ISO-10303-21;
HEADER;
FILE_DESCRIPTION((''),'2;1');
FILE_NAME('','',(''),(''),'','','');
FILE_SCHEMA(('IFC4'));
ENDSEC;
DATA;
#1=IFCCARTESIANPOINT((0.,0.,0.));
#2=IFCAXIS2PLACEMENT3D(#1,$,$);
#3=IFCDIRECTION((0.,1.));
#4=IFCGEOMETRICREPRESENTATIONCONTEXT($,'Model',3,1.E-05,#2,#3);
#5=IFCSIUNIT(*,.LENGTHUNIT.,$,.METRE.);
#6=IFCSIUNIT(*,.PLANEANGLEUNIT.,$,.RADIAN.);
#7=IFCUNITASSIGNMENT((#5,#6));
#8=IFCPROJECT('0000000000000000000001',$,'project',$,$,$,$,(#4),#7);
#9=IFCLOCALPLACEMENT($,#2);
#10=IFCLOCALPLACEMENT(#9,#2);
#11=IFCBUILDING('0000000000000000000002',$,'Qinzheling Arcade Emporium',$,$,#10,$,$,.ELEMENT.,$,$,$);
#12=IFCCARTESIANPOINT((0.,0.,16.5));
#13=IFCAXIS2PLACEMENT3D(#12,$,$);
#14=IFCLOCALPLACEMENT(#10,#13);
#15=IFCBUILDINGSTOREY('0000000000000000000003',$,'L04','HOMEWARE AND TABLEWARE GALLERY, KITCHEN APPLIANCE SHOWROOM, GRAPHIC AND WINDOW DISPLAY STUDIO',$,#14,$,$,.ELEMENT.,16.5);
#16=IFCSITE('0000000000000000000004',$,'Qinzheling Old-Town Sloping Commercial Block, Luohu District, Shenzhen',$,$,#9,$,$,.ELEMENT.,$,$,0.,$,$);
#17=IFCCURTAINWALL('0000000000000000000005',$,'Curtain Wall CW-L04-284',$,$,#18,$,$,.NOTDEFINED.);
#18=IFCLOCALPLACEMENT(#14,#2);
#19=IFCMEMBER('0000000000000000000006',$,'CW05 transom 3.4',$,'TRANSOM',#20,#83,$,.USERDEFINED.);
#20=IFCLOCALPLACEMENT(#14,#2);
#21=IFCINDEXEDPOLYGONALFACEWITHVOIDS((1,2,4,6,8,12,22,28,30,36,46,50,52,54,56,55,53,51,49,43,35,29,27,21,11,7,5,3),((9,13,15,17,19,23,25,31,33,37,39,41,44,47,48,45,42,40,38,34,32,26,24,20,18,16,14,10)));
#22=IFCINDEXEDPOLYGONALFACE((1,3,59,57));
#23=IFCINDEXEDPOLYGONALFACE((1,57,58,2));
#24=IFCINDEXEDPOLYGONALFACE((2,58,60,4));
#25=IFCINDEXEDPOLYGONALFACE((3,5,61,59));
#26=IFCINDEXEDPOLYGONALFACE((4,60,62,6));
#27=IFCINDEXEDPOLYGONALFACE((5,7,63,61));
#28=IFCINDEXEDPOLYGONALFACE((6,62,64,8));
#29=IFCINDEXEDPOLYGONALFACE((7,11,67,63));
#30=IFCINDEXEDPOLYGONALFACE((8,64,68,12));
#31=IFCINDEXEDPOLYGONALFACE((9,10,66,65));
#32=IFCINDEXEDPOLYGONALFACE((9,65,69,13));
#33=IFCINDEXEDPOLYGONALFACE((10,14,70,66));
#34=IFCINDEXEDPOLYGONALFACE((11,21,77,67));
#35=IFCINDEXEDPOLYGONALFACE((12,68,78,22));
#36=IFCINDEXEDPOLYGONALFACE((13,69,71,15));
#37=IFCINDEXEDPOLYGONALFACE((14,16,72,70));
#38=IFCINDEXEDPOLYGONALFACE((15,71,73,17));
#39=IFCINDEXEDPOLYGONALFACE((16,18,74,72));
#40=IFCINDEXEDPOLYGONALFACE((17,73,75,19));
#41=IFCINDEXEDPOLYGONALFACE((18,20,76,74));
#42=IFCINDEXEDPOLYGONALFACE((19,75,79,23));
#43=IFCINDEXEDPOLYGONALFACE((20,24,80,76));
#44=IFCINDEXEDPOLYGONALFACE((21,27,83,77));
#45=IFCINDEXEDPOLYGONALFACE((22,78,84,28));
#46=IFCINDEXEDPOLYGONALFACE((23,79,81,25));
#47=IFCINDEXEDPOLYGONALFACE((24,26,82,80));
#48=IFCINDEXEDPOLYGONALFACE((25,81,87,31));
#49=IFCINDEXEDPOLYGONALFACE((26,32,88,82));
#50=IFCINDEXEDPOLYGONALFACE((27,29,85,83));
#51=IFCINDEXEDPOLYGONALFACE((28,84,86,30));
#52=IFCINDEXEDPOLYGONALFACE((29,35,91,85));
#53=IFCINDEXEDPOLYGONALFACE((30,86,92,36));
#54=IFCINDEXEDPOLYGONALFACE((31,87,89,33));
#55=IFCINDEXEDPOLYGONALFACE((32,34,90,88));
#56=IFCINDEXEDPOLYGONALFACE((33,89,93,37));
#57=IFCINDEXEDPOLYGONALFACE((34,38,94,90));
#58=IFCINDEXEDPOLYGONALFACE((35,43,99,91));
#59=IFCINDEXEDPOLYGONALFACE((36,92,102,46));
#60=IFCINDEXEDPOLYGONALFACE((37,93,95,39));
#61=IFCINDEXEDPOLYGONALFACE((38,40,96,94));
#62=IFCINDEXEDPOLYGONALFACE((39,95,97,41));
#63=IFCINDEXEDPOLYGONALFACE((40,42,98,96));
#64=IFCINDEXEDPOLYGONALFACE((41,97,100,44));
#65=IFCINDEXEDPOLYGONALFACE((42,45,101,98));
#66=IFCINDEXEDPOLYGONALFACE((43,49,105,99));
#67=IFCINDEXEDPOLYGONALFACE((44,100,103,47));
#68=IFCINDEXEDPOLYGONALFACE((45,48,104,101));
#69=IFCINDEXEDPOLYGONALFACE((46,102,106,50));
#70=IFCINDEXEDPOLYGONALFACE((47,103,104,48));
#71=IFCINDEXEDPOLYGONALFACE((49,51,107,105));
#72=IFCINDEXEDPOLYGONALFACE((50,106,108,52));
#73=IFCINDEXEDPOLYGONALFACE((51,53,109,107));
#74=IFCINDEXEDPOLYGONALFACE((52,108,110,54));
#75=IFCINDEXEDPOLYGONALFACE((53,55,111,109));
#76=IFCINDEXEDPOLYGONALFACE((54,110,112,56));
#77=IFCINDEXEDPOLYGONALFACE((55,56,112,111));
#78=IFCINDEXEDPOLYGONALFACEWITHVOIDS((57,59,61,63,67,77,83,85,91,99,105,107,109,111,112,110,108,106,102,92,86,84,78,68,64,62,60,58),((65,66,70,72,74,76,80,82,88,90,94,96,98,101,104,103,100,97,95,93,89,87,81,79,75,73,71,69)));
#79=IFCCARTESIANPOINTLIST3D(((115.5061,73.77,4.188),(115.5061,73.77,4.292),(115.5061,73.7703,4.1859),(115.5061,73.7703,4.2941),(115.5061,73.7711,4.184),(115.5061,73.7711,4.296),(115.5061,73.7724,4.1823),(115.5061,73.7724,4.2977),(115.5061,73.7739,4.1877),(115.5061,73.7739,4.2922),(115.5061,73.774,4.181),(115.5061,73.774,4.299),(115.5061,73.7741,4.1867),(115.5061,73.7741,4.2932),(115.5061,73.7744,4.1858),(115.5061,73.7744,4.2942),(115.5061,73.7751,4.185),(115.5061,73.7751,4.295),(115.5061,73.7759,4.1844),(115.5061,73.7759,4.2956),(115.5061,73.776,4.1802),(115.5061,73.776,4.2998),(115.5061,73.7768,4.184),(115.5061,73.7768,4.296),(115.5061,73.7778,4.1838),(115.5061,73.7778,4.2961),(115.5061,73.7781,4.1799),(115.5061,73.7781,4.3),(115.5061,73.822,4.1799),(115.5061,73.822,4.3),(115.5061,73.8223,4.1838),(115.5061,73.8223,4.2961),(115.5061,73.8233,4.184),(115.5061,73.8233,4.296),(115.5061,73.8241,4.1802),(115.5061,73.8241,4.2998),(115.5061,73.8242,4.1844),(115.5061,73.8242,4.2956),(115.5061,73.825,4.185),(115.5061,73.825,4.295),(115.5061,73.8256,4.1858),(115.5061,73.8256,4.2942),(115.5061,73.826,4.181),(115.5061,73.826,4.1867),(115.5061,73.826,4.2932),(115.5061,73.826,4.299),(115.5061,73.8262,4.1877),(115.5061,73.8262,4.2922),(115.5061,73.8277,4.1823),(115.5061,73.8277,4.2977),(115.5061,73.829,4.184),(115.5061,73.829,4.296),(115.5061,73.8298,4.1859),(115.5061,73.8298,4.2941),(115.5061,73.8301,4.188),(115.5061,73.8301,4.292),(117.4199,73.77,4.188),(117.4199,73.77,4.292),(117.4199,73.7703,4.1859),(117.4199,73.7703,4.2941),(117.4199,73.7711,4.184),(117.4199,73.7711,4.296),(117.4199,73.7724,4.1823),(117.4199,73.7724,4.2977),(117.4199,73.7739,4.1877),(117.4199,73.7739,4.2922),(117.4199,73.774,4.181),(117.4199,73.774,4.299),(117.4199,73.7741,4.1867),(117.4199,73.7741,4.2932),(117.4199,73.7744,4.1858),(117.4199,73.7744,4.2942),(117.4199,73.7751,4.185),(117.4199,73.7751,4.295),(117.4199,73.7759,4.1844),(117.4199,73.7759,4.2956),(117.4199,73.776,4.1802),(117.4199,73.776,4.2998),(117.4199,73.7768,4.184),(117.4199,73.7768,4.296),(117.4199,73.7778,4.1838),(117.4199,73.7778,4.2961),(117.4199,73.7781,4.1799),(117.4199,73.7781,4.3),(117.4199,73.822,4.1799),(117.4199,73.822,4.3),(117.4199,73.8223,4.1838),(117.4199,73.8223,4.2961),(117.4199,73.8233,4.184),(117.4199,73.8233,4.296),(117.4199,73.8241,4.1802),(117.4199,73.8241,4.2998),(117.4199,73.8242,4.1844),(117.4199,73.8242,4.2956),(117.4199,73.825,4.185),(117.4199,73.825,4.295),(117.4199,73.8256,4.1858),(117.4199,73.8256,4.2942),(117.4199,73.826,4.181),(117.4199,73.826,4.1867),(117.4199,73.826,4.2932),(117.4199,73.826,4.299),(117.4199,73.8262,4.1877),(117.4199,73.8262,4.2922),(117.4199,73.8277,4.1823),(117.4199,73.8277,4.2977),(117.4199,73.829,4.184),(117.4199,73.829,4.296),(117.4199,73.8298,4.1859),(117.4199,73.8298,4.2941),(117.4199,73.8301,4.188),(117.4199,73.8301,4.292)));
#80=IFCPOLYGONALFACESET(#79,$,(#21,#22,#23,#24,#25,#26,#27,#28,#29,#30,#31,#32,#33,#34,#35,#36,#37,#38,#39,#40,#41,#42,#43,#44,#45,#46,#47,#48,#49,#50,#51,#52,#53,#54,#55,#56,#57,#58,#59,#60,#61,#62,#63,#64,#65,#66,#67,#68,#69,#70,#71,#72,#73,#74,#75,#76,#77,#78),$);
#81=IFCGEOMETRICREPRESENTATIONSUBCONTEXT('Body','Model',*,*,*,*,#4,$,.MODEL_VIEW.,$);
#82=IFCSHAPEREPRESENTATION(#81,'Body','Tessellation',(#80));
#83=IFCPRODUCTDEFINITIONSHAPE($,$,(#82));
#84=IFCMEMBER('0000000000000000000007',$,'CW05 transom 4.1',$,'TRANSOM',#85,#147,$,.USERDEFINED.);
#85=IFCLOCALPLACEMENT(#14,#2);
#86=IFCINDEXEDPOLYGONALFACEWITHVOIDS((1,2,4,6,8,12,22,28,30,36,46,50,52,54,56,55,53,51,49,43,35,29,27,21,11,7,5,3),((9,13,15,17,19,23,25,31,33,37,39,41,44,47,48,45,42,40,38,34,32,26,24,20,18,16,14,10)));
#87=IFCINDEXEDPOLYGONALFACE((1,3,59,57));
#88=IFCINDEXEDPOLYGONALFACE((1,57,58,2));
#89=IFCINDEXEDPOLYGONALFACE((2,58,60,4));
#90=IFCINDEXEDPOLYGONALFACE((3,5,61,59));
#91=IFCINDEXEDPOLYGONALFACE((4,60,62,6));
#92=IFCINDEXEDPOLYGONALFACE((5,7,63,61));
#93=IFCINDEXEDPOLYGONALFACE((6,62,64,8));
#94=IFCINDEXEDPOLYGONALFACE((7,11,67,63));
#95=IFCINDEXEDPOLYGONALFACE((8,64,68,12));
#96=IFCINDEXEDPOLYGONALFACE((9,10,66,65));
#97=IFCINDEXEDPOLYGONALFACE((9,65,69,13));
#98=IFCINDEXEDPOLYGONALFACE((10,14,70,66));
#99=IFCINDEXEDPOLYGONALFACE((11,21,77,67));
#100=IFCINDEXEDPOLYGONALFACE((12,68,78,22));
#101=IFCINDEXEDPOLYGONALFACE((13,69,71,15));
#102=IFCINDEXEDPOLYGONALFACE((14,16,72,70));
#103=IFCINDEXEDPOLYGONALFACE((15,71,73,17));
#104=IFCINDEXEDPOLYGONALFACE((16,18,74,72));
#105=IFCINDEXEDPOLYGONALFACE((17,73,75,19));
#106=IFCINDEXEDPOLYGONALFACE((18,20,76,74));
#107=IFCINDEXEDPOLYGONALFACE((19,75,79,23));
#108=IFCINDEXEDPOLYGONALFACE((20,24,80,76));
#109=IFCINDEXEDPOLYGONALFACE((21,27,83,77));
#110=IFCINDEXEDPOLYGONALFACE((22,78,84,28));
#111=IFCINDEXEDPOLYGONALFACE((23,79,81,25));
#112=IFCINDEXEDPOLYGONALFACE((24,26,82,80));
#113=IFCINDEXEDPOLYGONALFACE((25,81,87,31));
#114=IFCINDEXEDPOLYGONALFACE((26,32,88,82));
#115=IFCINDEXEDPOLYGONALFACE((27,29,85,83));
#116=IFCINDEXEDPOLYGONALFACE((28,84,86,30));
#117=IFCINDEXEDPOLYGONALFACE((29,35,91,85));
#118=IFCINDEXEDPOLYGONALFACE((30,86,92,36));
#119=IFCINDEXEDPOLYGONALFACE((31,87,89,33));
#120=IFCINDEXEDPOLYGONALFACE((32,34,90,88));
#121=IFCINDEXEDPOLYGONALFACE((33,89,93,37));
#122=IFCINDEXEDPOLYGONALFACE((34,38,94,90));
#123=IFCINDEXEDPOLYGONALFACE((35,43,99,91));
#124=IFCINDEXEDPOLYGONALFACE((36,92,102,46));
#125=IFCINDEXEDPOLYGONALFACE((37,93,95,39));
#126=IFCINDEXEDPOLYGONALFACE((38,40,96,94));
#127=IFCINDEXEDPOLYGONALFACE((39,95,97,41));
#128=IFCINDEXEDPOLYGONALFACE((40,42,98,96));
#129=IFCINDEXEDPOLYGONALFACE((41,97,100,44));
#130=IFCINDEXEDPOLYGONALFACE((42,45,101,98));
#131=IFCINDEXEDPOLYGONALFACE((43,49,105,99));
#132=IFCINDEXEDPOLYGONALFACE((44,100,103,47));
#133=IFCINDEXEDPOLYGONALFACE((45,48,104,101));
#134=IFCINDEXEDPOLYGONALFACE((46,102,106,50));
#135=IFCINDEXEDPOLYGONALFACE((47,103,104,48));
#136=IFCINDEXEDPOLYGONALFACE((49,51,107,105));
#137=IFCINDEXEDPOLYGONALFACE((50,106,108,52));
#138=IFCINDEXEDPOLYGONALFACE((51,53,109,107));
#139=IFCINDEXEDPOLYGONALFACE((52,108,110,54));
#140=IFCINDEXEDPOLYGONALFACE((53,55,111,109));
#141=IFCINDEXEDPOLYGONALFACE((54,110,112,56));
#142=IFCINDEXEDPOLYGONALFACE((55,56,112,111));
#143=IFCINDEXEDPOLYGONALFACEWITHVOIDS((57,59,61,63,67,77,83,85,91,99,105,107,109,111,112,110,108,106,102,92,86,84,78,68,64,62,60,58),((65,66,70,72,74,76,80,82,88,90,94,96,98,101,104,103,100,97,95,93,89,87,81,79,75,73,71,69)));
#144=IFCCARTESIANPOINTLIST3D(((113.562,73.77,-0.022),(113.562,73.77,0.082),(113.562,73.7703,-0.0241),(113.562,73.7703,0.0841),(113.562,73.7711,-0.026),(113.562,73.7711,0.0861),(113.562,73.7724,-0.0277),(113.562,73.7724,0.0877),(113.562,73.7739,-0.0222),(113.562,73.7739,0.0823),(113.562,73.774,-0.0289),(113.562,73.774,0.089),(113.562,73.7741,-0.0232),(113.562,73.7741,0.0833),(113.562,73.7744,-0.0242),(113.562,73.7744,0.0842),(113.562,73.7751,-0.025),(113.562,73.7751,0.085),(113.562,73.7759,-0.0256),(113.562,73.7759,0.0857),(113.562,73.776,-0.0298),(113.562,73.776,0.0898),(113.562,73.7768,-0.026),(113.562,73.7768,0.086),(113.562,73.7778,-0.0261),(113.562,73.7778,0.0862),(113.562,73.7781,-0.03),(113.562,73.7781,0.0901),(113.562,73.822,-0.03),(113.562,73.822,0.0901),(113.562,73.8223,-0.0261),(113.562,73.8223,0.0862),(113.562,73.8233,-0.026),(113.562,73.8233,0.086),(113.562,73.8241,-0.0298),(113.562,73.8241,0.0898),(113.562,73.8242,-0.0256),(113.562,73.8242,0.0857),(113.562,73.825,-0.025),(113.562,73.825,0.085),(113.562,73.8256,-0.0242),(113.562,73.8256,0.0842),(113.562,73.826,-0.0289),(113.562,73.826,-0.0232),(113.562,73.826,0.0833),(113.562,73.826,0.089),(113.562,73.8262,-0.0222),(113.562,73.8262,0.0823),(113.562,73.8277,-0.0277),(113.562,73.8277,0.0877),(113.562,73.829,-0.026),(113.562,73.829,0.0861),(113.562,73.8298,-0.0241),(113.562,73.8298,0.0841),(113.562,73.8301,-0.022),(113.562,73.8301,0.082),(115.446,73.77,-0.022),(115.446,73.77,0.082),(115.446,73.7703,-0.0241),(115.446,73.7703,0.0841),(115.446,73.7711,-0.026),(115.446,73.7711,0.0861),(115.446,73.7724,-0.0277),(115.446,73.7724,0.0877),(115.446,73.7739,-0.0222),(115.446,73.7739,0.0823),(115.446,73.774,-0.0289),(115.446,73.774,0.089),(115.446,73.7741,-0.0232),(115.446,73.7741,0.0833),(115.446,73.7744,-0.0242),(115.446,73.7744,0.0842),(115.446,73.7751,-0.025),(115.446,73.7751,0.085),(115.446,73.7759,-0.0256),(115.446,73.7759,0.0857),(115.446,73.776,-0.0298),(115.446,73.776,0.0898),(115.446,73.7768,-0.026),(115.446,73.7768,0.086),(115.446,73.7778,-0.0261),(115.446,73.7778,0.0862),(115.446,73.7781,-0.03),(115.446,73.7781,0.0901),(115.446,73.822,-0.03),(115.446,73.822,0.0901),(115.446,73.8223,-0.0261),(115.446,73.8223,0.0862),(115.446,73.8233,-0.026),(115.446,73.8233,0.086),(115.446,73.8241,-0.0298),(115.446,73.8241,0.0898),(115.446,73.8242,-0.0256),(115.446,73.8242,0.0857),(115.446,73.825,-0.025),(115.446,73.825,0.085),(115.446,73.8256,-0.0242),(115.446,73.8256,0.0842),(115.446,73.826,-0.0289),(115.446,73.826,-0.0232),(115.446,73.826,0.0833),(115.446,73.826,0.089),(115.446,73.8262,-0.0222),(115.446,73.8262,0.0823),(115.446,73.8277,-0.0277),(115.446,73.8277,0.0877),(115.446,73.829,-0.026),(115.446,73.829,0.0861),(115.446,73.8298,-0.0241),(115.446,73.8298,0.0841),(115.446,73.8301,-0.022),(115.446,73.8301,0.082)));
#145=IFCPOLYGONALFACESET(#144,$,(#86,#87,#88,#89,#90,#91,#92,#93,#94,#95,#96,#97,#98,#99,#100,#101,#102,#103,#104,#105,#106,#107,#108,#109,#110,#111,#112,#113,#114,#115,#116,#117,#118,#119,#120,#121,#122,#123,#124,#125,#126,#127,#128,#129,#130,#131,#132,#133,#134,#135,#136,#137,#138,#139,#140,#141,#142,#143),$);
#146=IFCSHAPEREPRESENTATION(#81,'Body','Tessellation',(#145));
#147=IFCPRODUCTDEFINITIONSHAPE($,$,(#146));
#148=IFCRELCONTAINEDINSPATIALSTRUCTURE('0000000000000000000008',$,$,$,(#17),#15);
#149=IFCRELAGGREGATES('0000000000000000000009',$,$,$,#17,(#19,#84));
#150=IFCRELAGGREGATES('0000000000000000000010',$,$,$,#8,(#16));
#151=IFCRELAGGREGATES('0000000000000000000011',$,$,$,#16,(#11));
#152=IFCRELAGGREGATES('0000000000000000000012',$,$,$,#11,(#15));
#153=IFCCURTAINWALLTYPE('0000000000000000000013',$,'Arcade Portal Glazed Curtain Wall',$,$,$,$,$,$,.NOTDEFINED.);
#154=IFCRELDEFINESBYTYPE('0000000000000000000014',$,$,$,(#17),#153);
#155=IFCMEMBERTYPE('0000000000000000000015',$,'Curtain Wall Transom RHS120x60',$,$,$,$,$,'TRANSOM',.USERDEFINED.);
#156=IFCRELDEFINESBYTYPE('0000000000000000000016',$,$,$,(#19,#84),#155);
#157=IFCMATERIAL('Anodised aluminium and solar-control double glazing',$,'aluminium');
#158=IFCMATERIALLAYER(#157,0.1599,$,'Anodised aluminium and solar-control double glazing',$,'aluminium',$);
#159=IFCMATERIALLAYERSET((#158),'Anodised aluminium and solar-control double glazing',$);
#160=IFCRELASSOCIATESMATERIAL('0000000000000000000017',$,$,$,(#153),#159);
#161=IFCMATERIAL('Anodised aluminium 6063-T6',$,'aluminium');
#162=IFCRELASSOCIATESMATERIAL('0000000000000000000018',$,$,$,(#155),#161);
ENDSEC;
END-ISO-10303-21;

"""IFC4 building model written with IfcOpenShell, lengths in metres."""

from ifc_helpers import new_model, si_unit, direction, frame, origin, origin_2d, place, context, subcontext, project, spatial, hollow_rectangle, extrude, material, layer, layer_set, material_profile, profile_set, type_object, element, aggregate, save


model = new_model("IFC4")

# Units and contexts
model_context = context("Model", 3, precision=1e-05, world=origin(), true_north=direction((0.0, 1.0)))
body_context = subcontext(model_context, "Body", "Model", "MODEL_VIEW")
ifc_project = project(units=[si_unit("LENGTHUNIT", "METRE"), si_unit("PLANEANGLEUNIT", "RADIAN")], contexts=[model_context])

# Site, building, storey
site_placement = place(None, origin())
site = spatial("IfcSite", under=ifc_project, at=site_placement, Name="Qinzheling Old-Town Sloping Commercial Block, Luohu District, Shenzhen", CompositionType="ELEMENT", RefElevation=0.0)
building_placement = place(site_placement, origin())
building = spatial("IfcBuilding", under=site, at=building_placement, Name="Qinzheling Arcade Emporium", CompositionType="ELEMENT")
storey_placement = place(building_placement, frame((0.0, 0.0, 16.5)))
storey = spatial("IfcBuildingStorey", under=building, at=storey_placement, Name="L04", Description="HOMEWARE AND TABLEWARE GALLERY, KITCHEN APPLIANCE SHOWROOM, GRAPHIC AND WINDOW DISPLAY STUDIO", CompositionType="ELEMENT", Elevation=16.5)

# Curtain wall, members
ifc_material_1 = material(Name="Anodised aluminium and solar-control double glazing", Category="aluminium")
ifc_layer_1 = layer(ifc_material_1, 0.1599, Name="Anodised aluminium and solar-control double glazing", Category="aluminium")
ifc_layer_set_1 = layer_set([ifc_layer_1], Name="Anodised aluminium and solar-control double glazing")
curtain_wall_type = type_object("IfcCurtainWallType", Name="Arcade Portal Glazed Curtain Wall", PredefinedType="NOTDEFINED", material=ifc_layer_set_1)
curtain_wall_placement = place(storey_placement, origin())
curtain_wall = element("IfcCurtainWall", 1, at=curtain_wall_placement, inside=storey, type_object=curtain_wall_type, Name="Curtain Wall CW-L04-284", PredefinedType="NOTDEFINED")
ifc_material_2 = material(Name="Anodised aluminium 6063-T6", Category="aluminium")
ifc_material_profile_1 = material_profile(ifc_material_2, hollow_rectangle(XDim=0.0601, YDim=0.1201, WallThickness=0.0039, InnerFilletRadius=0.0039, OuterFilletRadius=0.0081, at=origin_2d()), Name="RHS 120x60x4", Category="aluminium")
ifc_profile_set_1 = profile_set([ifc_material_profile_1], Name="Anodised aluminium 6063-T6")
member_type_1 = type_object("IfcMemberType", Name="Curtain Wall Transom RHS120x60", ElementType="TRANSOM", PredefinedType="USERDEFINED", material=ifc_profile_set_1)
member_1_placement = place(storey_placement, frame((117.4199, 73.8, 4.24), z_axis=(-1.0, 0.0, 0.0), x_axis=(0.0, -1.0, 0.0)))
member_1 = element("IfcMember", 2, at=member_1_placement, type_object=member_type_1, Name="CW05 transom 3.4", ObjectType="TRANSOM", PredefinedType="USERDEFINED", context=body_context, shape_type="SweptSolid", body=[
    extrude(hollow_rectangle(XDim=0.0601, YDim=0.1201, WallThickness=0.0039, InnerFilletRadius=0.0039, OuterFilletRadius=0.0081, at=origin_2d()), origin(), (0.0, 0.0, 1.0), 1.9138),
])
member_2_placement = place(storey_placement, frame((115.446, 73.8, 0.03), z_axis=(-1.0, 0.0, 0.0), x_axis=(0.0, -1.0, 0.0)))
member_2 = element("IfcMember", 3, at=member_2_placement, type_object=member_type_1, Name="CW05 transom 4.1", ObjectType="TRANSOM", PredefinedType="USERDEFINED", context=body_context, shape_type="SweptSolid", body=[
    extrude(hollow_rectangle(XDim=0.0601, YDim=0.1201, WallThickness=0.0039, InnerFilletRadius=0.0039, OuterFilletRadius=0.0081, at=origin_2d()), origin(), (0.0, 0.0, 1.0), 1.884),
])

aggregate(curtain_wall, [member_1, member_2])

save(model, "model.ifc")
